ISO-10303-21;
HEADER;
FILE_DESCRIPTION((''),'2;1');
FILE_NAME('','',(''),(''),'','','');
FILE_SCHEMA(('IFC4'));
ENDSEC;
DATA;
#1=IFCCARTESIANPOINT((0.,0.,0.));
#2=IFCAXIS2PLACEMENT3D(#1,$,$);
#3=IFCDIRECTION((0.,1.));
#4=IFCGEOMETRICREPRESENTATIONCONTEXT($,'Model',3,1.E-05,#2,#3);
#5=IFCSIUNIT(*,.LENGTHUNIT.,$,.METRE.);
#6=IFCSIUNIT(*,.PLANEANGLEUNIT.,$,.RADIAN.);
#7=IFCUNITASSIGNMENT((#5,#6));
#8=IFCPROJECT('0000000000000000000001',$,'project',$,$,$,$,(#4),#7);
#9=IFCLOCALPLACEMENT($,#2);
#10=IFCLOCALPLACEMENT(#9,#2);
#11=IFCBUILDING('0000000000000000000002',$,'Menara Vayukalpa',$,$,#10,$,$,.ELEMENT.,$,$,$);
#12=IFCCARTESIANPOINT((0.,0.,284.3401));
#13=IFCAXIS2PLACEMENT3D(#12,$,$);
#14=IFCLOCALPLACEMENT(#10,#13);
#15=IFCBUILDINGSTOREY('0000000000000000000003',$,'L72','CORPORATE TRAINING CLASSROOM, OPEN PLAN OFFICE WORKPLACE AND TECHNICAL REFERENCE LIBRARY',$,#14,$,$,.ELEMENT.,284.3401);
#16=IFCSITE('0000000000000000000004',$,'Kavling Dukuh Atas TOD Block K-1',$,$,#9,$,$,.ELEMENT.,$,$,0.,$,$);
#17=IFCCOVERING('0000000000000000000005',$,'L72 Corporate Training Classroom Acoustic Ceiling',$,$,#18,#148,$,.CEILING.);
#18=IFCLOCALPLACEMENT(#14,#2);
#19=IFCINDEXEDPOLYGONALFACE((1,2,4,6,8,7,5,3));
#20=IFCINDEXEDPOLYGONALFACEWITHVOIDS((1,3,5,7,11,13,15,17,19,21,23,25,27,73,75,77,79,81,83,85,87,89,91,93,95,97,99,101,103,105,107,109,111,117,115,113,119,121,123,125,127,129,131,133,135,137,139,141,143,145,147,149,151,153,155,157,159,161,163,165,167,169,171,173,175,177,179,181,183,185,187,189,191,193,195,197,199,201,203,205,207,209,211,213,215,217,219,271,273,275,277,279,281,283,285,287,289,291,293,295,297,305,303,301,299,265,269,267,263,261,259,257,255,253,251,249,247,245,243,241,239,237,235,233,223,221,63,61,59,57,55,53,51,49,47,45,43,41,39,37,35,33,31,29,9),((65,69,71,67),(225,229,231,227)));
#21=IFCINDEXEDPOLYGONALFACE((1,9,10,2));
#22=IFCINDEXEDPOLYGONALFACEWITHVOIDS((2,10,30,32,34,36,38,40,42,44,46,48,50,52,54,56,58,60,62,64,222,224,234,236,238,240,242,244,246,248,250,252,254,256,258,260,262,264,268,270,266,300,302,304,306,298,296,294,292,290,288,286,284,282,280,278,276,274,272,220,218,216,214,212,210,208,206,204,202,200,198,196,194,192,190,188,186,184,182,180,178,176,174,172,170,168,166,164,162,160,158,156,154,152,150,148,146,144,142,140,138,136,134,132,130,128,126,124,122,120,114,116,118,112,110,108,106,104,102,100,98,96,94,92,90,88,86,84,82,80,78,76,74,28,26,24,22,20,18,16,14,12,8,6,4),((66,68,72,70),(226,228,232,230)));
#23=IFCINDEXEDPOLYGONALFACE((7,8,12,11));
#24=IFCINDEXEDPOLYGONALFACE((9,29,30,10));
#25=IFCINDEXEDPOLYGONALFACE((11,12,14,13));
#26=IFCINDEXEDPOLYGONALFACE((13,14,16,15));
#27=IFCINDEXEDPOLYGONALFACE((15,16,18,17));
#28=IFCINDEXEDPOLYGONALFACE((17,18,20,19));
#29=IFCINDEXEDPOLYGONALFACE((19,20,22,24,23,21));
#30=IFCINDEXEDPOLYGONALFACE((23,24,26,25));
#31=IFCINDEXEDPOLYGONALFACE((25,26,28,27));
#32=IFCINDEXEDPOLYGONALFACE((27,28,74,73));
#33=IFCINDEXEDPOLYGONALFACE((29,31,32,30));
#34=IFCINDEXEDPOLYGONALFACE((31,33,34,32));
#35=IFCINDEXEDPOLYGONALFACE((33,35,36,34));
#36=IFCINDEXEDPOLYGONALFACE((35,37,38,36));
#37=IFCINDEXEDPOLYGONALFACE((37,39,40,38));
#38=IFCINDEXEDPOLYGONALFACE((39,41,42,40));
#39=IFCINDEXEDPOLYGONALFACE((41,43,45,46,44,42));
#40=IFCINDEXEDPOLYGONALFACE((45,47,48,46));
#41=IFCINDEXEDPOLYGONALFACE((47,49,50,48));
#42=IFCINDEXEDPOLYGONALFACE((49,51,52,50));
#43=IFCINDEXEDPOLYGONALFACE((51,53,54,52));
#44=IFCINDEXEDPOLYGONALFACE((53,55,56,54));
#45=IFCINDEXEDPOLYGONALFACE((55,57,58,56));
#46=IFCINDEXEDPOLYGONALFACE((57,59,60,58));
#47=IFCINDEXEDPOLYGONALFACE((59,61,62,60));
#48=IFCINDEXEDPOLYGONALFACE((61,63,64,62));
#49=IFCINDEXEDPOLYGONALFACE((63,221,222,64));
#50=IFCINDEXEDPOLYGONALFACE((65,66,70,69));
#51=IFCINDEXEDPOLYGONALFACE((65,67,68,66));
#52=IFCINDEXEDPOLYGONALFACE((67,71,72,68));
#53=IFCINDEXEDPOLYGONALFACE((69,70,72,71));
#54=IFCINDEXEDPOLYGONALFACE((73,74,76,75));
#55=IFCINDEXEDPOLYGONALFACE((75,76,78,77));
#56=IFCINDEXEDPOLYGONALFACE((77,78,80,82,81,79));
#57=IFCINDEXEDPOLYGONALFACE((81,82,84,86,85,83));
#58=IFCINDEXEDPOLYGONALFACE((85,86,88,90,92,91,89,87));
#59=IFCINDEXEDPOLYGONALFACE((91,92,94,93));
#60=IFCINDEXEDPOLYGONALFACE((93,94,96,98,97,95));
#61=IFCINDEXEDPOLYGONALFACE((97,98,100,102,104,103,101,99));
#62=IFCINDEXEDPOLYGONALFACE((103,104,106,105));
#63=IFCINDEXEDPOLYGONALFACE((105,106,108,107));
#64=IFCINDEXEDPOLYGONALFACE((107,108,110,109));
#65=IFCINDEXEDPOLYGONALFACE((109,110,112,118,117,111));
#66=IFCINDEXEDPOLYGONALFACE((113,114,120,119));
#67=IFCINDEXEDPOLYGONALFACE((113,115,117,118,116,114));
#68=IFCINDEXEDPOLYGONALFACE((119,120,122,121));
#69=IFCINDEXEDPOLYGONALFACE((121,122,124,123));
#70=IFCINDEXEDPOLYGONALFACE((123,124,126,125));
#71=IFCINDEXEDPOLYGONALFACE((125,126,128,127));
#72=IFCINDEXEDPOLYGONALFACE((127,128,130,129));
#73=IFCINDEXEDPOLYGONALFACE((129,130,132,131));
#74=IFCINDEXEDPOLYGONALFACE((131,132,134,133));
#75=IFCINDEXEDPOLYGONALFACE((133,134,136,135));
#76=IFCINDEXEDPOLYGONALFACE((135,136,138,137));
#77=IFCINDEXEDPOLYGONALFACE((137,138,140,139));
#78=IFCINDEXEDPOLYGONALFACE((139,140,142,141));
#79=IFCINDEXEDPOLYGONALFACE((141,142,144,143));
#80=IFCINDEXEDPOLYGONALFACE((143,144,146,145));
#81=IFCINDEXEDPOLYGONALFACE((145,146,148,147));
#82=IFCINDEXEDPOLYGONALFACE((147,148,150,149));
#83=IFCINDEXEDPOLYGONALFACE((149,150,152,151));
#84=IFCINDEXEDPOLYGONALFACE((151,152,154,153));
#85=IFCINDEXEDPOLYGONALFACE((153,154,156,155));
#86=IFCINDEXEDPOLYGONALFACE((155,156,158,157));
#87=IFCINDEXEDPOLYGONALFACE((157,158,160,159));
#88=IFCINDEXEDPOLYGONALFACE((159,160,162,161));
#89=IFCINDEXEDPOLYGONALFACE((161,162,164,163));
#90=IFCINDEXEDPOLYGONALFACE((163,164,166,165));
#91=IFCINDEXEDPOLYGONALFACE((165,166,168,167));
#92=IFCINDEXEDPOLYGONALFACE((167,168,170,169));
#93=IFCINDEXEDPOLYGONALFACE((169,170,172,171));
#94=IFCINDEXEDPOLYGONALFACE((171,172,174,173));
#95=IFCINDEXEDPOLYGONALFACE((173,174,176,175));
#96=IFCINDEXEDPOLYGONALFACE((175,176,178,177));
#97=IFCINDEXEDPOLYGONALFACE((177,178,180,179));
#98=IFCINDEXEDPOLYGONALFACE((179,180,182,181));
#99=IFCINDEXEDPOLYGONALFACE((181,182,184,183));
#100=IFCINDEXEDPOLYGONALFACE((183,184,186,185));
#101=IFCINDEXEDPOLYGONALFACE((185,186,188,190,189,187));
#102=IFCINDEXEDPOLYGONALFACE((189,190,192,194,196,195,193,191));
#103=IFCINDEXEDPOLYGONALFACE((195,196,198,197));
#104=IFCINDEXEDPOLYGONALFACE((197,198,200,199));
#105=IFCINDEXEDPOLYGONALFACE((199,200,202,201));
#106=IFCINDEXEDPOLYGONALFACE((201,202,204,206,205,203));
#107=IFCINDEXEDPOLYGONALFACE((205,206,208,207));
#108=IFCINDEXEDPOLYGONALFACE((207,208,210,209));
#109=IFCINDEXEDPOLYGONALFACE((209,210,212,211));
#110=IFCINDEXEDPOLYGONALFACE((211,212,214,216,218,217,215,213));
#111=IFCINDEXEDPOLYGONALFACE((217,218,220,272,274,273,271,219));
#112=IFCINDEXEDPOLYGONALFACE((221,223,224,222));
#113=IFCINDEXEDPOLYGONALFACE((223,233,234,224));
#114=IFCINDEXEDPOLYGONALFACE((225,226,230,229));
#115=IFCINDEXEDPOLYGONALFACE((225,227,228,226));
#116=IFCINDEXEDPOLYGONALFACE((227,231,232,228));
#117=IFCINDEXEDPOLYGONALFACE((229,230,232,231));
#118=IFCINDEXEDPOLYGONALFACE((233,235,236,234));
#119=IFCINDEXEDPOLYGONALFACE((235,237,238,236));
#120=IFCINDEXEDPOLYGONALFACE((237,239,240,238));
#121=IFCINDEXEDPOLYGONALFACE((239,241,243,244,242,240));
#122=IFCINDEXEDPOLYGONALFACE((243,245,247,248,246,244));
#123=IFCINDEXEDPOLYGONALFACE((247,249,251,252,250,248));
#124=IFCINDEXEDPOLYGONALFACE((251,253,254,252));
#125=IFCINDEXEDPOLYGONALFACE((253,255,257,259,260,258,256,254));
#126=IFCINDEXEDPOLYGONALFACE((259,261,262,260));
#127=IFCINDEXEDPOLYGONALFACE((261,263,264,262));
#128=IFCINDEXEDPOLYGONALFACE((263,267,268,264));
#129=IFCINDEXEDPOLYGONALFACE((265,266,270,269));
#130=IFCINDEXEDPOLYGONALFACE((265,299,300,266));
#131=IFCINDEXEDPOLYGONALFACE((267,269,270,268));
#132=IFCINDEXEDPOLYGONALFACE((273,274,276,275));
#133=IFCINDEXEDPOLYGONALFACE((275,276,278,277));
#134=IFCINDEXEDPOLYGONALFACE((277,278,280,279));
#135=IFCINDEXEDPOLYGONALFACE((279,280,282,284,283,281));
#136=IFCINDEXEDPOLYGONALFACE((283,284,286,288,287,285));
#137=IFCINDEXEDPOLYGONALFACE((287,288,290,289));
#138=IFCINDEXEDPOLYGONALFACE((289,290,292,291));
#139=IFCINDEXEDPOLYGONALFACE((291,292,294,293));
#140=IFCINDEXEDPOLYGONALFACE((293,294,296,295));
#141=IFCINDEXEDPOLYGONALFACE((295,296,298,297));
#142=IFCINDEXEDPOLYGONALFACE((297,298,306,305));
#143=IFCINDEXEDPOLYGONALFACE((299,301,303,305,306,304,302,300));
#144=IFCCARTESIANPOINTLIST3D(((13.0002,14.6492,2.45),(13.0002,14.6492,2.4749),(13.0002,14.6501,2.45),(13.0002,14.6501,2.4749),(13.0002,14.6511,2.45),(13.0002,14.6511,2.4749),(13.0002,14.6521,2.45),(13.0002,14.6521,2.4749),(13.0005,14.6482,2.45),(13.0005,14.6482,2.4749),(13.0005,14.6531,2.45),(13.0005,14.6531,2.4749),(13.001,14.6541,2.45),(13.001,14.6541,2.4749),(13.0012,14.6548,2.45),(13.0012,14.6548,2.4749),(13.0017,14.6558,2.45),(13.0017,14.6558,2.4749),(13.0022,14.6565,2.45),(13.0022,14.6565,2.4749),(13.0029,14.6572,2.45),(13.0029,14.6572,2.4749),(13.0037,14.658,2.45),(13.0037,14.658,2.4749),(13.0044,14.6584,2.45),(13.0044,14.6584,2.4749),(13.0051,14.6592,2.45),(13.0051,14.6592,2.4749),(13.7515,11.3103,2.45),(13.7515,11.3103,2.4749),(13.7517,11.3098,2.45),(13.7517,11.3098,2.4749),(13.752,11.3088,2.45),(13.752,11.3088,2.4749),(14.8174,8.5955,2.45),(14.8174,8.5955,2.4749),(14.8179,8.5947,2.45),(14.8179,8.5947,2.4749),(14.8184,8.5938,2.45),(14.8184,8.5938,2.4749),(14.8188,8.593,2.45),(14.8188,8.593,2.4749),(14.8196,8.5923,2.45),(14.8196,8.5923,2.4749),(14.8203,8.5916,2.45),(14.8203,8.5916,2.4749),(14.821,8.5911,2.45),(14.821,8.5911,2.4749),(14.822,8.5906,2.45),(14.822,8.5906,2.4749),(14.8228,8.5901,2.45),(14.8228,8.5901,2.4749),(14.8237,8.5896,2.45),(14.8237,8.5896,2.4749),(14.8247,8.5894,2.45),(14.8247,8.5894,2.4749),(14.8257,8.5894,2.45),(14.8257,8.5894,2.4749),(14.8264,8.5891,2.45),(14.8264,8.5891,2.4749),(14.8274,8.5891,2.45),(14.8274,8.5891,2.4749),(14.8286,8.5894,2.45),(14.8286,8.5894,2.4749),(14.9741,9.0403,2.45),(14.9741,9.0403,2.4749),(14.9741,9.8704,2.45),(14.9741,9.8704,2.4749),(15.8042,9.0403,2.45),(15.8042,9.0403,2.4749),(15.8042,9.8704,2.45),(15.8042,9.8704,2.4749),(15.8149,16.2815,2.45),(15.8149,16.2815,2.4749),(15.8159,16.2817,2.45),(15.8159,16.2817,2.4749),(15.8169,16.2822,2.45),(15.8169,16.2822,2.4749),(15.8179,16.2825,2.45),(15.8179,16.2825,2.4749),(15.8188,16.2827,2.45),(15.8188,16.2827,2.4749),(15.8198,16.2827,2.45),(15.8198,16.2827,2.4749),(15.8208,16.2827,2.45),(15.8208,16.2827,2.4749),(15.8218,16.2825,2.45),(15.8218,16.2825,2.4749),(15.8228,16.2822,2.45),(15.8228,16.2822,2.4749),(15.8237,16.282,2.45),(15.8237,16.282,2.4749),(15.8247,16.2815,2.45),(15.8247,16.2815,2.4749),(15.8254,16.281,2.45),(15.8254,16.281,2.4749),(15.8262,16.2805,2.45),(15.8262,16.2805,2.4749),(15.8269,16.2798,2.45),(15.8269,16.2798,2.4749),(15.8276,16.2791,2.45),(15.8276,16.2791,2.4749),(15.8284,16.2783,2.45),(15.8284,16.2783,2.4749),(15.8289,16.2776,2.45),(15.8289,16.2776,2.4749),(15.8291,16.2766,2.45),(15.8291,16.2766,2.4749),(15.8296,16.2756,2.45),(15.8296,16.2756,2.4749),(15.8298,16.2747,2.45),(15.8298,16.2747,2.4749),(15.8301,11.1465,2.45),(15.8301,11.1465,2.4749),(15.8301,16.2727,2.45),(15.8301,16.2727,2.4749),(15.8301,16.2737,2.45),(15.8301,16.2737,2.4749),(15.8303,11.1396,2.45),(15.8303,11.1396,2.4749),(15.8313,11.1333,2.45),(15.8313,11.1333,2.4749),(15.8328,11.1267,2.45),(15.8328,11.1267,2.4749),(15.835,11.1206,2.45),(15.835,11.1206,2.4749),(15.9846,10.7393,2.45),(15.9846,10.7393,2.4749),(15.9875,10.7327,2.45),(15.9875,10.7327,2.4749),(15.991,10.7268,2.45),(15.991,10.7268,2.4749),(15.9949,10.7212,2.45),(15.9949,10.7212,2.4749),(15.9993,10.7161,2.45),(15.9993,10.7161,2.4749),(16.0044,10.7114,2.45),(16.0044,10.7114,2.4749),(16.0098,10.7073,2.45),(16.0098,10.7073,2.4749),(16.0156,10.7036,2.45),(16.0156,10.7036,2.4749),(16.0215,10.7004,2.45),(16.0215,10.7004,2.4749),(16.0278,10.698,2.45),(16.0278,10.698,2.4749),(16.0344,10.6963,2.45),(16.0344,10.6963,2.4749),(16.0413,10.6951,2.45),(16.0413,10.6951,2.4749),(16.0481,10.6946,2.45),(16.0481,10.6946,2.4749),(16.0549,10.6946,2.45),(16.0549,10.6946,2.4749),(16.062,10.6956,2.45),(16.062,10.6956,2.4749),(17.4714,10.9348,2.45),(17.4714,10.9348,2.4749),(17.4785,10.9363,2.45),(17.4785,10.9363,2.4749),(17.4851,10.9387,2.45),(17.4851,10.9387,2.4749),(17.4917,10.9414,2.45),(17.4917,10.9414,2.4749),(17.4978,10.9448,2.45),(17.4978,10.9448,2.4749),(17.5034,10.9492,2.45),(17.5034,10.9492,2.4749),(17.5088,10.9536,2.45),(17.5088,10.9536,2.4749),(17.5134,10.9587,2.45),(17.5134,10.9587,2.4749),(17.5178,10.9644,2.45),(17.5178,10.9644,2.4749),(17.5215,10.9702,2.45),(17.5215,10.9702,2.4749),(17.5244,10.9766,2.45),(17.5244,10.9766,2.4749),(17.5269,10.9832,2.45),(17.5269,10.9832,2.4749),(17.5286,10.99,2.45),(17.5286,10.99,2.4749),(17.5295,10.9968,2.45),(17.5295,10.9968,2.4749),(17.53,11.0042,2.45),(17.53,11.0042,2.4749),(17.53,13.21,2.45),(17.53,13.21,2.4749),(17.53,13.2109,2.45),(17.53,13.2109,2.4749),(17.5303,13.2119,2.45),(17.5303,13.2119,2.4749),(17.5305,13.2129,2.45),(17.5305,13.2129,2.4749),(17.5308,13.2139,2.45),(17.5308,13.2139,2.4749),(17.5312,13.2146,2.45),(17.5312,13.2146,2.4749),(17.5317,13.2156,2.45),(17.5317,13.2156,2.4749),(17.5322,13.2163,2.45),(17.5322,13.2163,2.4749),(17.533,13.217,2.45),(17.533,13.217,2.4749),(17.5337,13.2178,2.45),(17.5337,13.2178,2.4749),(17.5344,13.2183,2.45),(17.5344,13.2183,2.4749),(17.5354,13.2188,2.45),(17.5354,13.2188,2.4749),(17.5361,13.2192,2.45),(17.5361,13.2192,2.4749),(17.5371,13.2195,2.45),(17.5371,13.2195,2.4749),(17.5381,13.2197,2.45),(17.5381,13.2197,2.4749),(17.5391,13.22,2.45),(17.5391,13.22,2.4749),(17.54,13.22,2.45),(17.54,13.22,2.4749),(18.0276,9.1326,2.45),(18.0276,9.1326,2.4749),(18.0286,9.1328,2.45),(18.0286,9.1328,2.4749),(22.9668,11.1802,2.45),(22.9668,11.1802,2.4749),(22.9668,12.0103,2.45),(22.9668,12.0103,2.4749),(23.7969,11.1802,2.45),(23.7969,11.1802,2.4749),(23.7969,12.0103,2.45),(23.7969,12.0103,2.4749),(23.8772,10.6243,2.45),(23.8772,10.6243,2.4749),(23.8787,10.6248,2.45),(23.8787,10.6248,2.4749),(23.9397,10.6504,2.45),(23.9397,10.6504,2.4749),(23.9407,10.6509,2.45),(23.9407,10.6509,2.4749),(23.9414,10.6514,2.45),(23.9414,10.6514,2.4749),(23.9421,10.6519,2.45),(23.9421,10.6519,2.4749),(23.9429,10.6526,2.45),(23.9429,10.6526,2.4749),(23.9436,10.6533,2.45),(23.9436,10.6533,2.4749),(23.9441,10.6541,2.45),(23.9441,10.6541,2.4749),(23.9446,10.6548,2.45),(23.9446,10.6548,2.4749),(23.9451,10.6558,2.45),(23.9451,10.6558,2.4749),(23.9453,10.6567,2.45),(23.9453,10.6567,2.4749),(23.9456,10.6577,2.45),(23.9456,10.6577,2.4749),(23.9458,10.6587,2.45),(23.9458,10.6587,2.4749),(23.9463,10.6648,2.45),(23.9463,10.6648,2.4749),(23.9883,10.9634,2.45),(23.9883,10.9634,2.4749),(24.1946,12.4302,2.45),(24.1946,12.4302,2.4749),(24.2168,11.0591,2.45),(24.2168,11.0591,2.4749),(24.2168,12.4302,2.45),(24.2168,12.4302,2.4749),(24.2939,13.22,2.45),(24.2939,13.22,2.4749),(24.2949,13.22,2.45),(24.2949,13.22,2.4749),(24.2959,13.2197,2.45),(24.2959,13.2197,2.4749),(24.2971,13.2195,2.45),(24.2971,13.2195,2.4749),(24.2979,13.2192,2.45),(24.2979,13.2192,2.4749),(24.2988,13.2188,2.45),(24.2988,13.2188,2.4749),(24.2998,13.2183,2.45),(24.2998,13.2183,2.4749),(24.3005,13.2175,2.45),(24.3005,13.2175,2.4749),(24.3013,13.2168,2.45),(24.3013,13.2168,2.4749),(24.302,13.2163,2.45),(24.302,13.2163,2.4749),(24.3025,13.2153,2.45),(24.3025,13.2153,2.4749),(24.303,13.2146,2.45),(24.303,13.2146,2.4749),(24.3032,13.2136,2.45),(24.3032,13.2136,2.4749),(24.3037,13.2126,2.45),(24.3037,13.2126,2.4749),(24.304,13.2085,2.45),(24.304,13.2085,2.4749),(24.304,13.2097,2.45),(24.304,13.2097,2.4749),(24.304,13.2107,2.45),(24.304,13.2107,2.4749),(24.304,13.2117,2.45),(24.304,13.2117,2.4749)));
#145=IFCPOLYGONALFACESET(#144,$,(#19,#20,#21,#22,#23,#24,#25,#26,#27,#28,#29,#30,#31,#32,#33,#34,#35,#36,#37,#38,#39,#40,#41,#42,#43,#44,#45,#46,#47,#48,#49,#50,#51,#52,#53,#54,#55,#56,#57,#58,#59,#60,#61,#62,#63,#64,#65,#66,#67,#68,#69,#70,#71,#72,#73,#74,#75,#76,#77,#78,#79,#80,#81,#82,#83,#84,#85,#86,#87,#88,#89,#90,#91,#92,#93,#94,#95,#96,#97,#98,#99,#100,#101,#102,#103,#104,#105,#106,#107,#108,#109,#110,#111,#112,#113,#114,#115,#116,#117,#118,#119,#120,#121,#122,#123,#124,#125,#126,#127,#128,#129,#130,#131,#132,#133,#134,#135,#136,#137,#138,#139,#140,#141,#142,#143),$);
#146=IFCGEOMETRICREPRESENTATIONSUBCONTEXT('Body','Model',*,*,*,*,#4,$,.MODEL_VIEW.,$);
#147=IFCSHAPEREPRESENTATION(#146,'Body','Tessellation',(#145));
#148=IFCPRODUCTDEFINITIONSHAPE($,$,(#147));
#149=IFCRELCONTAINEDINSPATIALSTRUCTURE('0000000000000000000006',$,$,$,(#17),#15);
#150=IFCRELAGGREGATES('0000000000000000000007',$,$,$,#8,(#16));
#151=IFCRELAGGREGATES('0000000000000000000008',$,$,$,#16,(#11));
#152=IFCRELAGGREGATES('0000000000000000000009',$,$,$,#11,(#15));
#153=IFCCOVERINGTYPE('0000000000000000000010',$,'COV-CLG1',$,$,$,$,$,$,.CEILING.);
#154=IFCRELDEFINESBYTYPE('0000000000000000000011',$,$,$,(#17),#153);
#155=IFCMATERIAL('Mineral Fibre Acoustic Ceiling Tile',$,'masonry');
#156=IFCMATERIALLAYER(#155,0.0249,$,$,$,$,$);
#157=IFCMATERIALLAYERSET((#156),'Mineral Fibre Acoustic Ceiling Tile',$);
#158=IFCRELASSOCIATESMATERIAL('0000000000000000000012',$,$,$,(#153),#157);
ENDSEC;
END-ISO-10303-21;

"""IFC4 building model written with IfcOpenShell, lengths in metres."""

from ifc_helpers import new_model, si_unit, direction, frame, origin, place, context, subcontext, project, spatial, polyline, outline, extrude, material, layer, layer_set, type_object, element, save


model = new_model("IFC4")

# Units and contexts
model_context = context("Model", 3, precision=1e-05, world=origin(), true_north=direction((0.0, 1.0)))
body_context = subcontext(model_context, "Body", "Model", "MODEL_VIEW")
ifc_project = project(units=[si_unit("LENGTHUNIT", "METRE"), si_unit("PLANEANGLEUNIT", "RADIAN")], contexts=[model_context])

# Site, building, storey
site_placement = place(None, origin())
site = spatial("IfcSite", under=ifc_project, at=site_placement, Name="Kavling Dukuh Atas TOD Block K-1", CompositionType="ELEMENT", RefElevation=0.0)
building_placement = place(site_placement, origin())
building = spatial("IfcBuilding", under=site, at=building_placement, Name="Menara Vayukalpa", CompositionType="ELEMENT")
storey_placement = place(building_placement, frame((0.0, 0.0, 284.3401)))
storey = spatial("IfcBuildingStorey", under=building, at=storey_placement, Name="L72", Description="CORPORATE TRAINING CLASSROOM, OPEN PLAN OFFICE WORKPLACE AND TECHNICAL REFERENCE LIBRARY", CompositionType="ELEMENT", Elevation=284.3401)

# Covering
ifc_material_1 = material(Name="Mineral Fibre Acoustic Ceiling Tile", Category="masonry")
ifc_layer_1 = layer(ifc_material_1, 0.0249)
ifc_layer_set_1 = layer_set([ifc_layer_1], Name="Mineral Fibre Acoustic Ceiling Tile")
covering_type_1 = type_object("IfcCoveringType", Name="COV-CLG1", PredefinedType="CEILING", material=ifc_layer_set_1)
covering_1_placement = place(storey_placement, frame((0.0, 0.0, 2.45)))
element("IfcCovering", 1, at=covering_1_placement, inside=storey, type_object=covering_type_1, Name="L72 Corporate Training Classroom Acoustic Ceiling", PredefinedType="CEILING", context=body_context, shape_type="SweptSolid", body=[
    extrude(outline(polyline([(23.9883, 10.9634), (23.9463, 10.6648), (23.9458, 10.6587), (23.9456, 10.6577), (23.9453, 10.6567), (23.9451, 10.6558), (23.9446, 10.6548), (23.9441, 10.6541), (23.9436, 10.6533), (23.9429, 10.6526), (23.9421, 10.6519), (23.9414, 10.6514), (23.9407, 10.6509), (23.9397, 10.6504), (23.8787, 10.6248), (23.8772, 10.6243), (18.0286, 9.1328), (18.0276, 9.1326), (14.8286, 8.5894), (14.8274, 8.5891), (14.8264, 8.5891), (14.8257, 8.5894), (14.8247, 8.5894), (14.8237, 8.5896), (14.8228, 8.5901), (14.822, 8.5906), (14.821, 8.5911), (14.8203, 8.5916), (14.8196, 8.5923), (14.8188, 8.593), (14.8184, 8.5938), (14.8179, 8.5947), (14.8174, 8.5955), (13.752, 11.3088), (13.7517, 11.3098), (13.7515, 11.3103), (13.0005, 14.6482), (13.0002, 14.6492), (13.0002, 14.6501), (13.0002, 14.6511), (13.0002, 14.6521), (13.0005, 14.6531), (13.001, 14.6541), (13.0012, 14.6548), (13.0017, 14.6558), (13.0022, 14.6565), (13.0029, 14.6572), (13.0037, 14.658), (13.0044, 14.6584), (13.0051, 14.6592), (15.8149, 16.2815), (15.8159, 16.2817), (15.8169, 16.2822), (15.8179, 16.2825), (15.8188, 16.2827), (15.8198, 16.2827), (15.8208, 16.2827), (15.8218, 16.2825), (15.8228, 16.2822), (15.8237, 16.282), (15.8247, 16.2815), (15.8254, 16.281), (15.8262, 16.2805), (15.8269, 16.2798), (15.8276, 16.2791), (15.8284, 16.2783), (15.8289, 16.2776), (15.8291, 16.2766), (15.8296, 16.2756), (15.8298, 16.2747), (15.8301, 16.2737), (15.8301, 16.2727), (15.8301, 11.1465), (15.8303, 11.1396), (15.8313, 11.1333), (15.8328, 11.1267), (15.835, 11.1206), (15.9846, 10.7393), (15.9875, 10.7327), (15.991, 10.7268), (15.9949, 10.7212), (15.9993, 10.7161), (16.0044, 10.7114), (16.0098, 10.7073), (16.0156, 10.7036), (16.0215, 10.7004), (16.0278, 10.698), (16.0344, 10.6963), (16.0413, 10.6951), (16.0481, 10.6946), (16.0549, 10.6946), (16.062, 10.6956), (17.4714, 10.9348), (17.4785, 10.9363), (17.4851, 10.9387), (17.4917, 10.9414), (17.4978, 10.9448), (17.5034, 10.9492), (17.5088, 10.9536), (17.5134, 10.9587), (17.5178, 10.9644), (17.5215, 10.9702), (17.5244, 10.9766), (17.5269, 10.9832), (17.5286, 10.99), (17.5295, 10.9968), (17.53, 11.0042), (17.53, 13.21), (17.53, 13.2109), (17.5303, 13.2119), (17.5305, 13.2129), (17.5308, 13.2139), (17.5312, 13.2146), (17.5317, 13.2156), (17.5322, 13.2163), (17.533, 13.217), (17.5337, 13.2178), (17.5344, 13.2183), (17.5354, 13.2188), (17.5361, 13.2192), (17.5371, 13.2195), (17.5381, 13.2197), (17.5391, 13.22), (17.54, 13.22), (24.2939, 13.22), (24.2949, 13.22), (24.2959, 13.2197), (24.2971, 13.2195), (24.2979, 13.2192), (24.2988, 13.2188), (24.2998, 13.2183), (24.3005, 13.2175), (24.3013, 13.2168), (24.302, 13.2163), (24.3025, 13.2153), (24.303, 13.2146), (24.3032, 13.2136), (24.3037, 13.2126), (24.304, 13.2117), (24.304, 13.2107), (24.304, 13.2097), (24.304, 13.2085), (24.1946, 12.4302), (24.2168, 12.4302), (24.2168, 11.0591), (23.9883, 10.9634)]), holes=[polyline([(14.9741, 9.8704), (14.9741, 9.0403), (15.8042, 9.0403), (15.8042, 9.8704), (14.9741, 9.8704)]), polyline([(23.7969, 12.0103), (22.9668, 12.0103), (22.9668, 11.1802), (23.7969, 11.1802), (23.7969, 12.0103)])]), origin(), (0.0, 0.0, 1.0), 0.0249),
])

save(model, "model.ifc")
